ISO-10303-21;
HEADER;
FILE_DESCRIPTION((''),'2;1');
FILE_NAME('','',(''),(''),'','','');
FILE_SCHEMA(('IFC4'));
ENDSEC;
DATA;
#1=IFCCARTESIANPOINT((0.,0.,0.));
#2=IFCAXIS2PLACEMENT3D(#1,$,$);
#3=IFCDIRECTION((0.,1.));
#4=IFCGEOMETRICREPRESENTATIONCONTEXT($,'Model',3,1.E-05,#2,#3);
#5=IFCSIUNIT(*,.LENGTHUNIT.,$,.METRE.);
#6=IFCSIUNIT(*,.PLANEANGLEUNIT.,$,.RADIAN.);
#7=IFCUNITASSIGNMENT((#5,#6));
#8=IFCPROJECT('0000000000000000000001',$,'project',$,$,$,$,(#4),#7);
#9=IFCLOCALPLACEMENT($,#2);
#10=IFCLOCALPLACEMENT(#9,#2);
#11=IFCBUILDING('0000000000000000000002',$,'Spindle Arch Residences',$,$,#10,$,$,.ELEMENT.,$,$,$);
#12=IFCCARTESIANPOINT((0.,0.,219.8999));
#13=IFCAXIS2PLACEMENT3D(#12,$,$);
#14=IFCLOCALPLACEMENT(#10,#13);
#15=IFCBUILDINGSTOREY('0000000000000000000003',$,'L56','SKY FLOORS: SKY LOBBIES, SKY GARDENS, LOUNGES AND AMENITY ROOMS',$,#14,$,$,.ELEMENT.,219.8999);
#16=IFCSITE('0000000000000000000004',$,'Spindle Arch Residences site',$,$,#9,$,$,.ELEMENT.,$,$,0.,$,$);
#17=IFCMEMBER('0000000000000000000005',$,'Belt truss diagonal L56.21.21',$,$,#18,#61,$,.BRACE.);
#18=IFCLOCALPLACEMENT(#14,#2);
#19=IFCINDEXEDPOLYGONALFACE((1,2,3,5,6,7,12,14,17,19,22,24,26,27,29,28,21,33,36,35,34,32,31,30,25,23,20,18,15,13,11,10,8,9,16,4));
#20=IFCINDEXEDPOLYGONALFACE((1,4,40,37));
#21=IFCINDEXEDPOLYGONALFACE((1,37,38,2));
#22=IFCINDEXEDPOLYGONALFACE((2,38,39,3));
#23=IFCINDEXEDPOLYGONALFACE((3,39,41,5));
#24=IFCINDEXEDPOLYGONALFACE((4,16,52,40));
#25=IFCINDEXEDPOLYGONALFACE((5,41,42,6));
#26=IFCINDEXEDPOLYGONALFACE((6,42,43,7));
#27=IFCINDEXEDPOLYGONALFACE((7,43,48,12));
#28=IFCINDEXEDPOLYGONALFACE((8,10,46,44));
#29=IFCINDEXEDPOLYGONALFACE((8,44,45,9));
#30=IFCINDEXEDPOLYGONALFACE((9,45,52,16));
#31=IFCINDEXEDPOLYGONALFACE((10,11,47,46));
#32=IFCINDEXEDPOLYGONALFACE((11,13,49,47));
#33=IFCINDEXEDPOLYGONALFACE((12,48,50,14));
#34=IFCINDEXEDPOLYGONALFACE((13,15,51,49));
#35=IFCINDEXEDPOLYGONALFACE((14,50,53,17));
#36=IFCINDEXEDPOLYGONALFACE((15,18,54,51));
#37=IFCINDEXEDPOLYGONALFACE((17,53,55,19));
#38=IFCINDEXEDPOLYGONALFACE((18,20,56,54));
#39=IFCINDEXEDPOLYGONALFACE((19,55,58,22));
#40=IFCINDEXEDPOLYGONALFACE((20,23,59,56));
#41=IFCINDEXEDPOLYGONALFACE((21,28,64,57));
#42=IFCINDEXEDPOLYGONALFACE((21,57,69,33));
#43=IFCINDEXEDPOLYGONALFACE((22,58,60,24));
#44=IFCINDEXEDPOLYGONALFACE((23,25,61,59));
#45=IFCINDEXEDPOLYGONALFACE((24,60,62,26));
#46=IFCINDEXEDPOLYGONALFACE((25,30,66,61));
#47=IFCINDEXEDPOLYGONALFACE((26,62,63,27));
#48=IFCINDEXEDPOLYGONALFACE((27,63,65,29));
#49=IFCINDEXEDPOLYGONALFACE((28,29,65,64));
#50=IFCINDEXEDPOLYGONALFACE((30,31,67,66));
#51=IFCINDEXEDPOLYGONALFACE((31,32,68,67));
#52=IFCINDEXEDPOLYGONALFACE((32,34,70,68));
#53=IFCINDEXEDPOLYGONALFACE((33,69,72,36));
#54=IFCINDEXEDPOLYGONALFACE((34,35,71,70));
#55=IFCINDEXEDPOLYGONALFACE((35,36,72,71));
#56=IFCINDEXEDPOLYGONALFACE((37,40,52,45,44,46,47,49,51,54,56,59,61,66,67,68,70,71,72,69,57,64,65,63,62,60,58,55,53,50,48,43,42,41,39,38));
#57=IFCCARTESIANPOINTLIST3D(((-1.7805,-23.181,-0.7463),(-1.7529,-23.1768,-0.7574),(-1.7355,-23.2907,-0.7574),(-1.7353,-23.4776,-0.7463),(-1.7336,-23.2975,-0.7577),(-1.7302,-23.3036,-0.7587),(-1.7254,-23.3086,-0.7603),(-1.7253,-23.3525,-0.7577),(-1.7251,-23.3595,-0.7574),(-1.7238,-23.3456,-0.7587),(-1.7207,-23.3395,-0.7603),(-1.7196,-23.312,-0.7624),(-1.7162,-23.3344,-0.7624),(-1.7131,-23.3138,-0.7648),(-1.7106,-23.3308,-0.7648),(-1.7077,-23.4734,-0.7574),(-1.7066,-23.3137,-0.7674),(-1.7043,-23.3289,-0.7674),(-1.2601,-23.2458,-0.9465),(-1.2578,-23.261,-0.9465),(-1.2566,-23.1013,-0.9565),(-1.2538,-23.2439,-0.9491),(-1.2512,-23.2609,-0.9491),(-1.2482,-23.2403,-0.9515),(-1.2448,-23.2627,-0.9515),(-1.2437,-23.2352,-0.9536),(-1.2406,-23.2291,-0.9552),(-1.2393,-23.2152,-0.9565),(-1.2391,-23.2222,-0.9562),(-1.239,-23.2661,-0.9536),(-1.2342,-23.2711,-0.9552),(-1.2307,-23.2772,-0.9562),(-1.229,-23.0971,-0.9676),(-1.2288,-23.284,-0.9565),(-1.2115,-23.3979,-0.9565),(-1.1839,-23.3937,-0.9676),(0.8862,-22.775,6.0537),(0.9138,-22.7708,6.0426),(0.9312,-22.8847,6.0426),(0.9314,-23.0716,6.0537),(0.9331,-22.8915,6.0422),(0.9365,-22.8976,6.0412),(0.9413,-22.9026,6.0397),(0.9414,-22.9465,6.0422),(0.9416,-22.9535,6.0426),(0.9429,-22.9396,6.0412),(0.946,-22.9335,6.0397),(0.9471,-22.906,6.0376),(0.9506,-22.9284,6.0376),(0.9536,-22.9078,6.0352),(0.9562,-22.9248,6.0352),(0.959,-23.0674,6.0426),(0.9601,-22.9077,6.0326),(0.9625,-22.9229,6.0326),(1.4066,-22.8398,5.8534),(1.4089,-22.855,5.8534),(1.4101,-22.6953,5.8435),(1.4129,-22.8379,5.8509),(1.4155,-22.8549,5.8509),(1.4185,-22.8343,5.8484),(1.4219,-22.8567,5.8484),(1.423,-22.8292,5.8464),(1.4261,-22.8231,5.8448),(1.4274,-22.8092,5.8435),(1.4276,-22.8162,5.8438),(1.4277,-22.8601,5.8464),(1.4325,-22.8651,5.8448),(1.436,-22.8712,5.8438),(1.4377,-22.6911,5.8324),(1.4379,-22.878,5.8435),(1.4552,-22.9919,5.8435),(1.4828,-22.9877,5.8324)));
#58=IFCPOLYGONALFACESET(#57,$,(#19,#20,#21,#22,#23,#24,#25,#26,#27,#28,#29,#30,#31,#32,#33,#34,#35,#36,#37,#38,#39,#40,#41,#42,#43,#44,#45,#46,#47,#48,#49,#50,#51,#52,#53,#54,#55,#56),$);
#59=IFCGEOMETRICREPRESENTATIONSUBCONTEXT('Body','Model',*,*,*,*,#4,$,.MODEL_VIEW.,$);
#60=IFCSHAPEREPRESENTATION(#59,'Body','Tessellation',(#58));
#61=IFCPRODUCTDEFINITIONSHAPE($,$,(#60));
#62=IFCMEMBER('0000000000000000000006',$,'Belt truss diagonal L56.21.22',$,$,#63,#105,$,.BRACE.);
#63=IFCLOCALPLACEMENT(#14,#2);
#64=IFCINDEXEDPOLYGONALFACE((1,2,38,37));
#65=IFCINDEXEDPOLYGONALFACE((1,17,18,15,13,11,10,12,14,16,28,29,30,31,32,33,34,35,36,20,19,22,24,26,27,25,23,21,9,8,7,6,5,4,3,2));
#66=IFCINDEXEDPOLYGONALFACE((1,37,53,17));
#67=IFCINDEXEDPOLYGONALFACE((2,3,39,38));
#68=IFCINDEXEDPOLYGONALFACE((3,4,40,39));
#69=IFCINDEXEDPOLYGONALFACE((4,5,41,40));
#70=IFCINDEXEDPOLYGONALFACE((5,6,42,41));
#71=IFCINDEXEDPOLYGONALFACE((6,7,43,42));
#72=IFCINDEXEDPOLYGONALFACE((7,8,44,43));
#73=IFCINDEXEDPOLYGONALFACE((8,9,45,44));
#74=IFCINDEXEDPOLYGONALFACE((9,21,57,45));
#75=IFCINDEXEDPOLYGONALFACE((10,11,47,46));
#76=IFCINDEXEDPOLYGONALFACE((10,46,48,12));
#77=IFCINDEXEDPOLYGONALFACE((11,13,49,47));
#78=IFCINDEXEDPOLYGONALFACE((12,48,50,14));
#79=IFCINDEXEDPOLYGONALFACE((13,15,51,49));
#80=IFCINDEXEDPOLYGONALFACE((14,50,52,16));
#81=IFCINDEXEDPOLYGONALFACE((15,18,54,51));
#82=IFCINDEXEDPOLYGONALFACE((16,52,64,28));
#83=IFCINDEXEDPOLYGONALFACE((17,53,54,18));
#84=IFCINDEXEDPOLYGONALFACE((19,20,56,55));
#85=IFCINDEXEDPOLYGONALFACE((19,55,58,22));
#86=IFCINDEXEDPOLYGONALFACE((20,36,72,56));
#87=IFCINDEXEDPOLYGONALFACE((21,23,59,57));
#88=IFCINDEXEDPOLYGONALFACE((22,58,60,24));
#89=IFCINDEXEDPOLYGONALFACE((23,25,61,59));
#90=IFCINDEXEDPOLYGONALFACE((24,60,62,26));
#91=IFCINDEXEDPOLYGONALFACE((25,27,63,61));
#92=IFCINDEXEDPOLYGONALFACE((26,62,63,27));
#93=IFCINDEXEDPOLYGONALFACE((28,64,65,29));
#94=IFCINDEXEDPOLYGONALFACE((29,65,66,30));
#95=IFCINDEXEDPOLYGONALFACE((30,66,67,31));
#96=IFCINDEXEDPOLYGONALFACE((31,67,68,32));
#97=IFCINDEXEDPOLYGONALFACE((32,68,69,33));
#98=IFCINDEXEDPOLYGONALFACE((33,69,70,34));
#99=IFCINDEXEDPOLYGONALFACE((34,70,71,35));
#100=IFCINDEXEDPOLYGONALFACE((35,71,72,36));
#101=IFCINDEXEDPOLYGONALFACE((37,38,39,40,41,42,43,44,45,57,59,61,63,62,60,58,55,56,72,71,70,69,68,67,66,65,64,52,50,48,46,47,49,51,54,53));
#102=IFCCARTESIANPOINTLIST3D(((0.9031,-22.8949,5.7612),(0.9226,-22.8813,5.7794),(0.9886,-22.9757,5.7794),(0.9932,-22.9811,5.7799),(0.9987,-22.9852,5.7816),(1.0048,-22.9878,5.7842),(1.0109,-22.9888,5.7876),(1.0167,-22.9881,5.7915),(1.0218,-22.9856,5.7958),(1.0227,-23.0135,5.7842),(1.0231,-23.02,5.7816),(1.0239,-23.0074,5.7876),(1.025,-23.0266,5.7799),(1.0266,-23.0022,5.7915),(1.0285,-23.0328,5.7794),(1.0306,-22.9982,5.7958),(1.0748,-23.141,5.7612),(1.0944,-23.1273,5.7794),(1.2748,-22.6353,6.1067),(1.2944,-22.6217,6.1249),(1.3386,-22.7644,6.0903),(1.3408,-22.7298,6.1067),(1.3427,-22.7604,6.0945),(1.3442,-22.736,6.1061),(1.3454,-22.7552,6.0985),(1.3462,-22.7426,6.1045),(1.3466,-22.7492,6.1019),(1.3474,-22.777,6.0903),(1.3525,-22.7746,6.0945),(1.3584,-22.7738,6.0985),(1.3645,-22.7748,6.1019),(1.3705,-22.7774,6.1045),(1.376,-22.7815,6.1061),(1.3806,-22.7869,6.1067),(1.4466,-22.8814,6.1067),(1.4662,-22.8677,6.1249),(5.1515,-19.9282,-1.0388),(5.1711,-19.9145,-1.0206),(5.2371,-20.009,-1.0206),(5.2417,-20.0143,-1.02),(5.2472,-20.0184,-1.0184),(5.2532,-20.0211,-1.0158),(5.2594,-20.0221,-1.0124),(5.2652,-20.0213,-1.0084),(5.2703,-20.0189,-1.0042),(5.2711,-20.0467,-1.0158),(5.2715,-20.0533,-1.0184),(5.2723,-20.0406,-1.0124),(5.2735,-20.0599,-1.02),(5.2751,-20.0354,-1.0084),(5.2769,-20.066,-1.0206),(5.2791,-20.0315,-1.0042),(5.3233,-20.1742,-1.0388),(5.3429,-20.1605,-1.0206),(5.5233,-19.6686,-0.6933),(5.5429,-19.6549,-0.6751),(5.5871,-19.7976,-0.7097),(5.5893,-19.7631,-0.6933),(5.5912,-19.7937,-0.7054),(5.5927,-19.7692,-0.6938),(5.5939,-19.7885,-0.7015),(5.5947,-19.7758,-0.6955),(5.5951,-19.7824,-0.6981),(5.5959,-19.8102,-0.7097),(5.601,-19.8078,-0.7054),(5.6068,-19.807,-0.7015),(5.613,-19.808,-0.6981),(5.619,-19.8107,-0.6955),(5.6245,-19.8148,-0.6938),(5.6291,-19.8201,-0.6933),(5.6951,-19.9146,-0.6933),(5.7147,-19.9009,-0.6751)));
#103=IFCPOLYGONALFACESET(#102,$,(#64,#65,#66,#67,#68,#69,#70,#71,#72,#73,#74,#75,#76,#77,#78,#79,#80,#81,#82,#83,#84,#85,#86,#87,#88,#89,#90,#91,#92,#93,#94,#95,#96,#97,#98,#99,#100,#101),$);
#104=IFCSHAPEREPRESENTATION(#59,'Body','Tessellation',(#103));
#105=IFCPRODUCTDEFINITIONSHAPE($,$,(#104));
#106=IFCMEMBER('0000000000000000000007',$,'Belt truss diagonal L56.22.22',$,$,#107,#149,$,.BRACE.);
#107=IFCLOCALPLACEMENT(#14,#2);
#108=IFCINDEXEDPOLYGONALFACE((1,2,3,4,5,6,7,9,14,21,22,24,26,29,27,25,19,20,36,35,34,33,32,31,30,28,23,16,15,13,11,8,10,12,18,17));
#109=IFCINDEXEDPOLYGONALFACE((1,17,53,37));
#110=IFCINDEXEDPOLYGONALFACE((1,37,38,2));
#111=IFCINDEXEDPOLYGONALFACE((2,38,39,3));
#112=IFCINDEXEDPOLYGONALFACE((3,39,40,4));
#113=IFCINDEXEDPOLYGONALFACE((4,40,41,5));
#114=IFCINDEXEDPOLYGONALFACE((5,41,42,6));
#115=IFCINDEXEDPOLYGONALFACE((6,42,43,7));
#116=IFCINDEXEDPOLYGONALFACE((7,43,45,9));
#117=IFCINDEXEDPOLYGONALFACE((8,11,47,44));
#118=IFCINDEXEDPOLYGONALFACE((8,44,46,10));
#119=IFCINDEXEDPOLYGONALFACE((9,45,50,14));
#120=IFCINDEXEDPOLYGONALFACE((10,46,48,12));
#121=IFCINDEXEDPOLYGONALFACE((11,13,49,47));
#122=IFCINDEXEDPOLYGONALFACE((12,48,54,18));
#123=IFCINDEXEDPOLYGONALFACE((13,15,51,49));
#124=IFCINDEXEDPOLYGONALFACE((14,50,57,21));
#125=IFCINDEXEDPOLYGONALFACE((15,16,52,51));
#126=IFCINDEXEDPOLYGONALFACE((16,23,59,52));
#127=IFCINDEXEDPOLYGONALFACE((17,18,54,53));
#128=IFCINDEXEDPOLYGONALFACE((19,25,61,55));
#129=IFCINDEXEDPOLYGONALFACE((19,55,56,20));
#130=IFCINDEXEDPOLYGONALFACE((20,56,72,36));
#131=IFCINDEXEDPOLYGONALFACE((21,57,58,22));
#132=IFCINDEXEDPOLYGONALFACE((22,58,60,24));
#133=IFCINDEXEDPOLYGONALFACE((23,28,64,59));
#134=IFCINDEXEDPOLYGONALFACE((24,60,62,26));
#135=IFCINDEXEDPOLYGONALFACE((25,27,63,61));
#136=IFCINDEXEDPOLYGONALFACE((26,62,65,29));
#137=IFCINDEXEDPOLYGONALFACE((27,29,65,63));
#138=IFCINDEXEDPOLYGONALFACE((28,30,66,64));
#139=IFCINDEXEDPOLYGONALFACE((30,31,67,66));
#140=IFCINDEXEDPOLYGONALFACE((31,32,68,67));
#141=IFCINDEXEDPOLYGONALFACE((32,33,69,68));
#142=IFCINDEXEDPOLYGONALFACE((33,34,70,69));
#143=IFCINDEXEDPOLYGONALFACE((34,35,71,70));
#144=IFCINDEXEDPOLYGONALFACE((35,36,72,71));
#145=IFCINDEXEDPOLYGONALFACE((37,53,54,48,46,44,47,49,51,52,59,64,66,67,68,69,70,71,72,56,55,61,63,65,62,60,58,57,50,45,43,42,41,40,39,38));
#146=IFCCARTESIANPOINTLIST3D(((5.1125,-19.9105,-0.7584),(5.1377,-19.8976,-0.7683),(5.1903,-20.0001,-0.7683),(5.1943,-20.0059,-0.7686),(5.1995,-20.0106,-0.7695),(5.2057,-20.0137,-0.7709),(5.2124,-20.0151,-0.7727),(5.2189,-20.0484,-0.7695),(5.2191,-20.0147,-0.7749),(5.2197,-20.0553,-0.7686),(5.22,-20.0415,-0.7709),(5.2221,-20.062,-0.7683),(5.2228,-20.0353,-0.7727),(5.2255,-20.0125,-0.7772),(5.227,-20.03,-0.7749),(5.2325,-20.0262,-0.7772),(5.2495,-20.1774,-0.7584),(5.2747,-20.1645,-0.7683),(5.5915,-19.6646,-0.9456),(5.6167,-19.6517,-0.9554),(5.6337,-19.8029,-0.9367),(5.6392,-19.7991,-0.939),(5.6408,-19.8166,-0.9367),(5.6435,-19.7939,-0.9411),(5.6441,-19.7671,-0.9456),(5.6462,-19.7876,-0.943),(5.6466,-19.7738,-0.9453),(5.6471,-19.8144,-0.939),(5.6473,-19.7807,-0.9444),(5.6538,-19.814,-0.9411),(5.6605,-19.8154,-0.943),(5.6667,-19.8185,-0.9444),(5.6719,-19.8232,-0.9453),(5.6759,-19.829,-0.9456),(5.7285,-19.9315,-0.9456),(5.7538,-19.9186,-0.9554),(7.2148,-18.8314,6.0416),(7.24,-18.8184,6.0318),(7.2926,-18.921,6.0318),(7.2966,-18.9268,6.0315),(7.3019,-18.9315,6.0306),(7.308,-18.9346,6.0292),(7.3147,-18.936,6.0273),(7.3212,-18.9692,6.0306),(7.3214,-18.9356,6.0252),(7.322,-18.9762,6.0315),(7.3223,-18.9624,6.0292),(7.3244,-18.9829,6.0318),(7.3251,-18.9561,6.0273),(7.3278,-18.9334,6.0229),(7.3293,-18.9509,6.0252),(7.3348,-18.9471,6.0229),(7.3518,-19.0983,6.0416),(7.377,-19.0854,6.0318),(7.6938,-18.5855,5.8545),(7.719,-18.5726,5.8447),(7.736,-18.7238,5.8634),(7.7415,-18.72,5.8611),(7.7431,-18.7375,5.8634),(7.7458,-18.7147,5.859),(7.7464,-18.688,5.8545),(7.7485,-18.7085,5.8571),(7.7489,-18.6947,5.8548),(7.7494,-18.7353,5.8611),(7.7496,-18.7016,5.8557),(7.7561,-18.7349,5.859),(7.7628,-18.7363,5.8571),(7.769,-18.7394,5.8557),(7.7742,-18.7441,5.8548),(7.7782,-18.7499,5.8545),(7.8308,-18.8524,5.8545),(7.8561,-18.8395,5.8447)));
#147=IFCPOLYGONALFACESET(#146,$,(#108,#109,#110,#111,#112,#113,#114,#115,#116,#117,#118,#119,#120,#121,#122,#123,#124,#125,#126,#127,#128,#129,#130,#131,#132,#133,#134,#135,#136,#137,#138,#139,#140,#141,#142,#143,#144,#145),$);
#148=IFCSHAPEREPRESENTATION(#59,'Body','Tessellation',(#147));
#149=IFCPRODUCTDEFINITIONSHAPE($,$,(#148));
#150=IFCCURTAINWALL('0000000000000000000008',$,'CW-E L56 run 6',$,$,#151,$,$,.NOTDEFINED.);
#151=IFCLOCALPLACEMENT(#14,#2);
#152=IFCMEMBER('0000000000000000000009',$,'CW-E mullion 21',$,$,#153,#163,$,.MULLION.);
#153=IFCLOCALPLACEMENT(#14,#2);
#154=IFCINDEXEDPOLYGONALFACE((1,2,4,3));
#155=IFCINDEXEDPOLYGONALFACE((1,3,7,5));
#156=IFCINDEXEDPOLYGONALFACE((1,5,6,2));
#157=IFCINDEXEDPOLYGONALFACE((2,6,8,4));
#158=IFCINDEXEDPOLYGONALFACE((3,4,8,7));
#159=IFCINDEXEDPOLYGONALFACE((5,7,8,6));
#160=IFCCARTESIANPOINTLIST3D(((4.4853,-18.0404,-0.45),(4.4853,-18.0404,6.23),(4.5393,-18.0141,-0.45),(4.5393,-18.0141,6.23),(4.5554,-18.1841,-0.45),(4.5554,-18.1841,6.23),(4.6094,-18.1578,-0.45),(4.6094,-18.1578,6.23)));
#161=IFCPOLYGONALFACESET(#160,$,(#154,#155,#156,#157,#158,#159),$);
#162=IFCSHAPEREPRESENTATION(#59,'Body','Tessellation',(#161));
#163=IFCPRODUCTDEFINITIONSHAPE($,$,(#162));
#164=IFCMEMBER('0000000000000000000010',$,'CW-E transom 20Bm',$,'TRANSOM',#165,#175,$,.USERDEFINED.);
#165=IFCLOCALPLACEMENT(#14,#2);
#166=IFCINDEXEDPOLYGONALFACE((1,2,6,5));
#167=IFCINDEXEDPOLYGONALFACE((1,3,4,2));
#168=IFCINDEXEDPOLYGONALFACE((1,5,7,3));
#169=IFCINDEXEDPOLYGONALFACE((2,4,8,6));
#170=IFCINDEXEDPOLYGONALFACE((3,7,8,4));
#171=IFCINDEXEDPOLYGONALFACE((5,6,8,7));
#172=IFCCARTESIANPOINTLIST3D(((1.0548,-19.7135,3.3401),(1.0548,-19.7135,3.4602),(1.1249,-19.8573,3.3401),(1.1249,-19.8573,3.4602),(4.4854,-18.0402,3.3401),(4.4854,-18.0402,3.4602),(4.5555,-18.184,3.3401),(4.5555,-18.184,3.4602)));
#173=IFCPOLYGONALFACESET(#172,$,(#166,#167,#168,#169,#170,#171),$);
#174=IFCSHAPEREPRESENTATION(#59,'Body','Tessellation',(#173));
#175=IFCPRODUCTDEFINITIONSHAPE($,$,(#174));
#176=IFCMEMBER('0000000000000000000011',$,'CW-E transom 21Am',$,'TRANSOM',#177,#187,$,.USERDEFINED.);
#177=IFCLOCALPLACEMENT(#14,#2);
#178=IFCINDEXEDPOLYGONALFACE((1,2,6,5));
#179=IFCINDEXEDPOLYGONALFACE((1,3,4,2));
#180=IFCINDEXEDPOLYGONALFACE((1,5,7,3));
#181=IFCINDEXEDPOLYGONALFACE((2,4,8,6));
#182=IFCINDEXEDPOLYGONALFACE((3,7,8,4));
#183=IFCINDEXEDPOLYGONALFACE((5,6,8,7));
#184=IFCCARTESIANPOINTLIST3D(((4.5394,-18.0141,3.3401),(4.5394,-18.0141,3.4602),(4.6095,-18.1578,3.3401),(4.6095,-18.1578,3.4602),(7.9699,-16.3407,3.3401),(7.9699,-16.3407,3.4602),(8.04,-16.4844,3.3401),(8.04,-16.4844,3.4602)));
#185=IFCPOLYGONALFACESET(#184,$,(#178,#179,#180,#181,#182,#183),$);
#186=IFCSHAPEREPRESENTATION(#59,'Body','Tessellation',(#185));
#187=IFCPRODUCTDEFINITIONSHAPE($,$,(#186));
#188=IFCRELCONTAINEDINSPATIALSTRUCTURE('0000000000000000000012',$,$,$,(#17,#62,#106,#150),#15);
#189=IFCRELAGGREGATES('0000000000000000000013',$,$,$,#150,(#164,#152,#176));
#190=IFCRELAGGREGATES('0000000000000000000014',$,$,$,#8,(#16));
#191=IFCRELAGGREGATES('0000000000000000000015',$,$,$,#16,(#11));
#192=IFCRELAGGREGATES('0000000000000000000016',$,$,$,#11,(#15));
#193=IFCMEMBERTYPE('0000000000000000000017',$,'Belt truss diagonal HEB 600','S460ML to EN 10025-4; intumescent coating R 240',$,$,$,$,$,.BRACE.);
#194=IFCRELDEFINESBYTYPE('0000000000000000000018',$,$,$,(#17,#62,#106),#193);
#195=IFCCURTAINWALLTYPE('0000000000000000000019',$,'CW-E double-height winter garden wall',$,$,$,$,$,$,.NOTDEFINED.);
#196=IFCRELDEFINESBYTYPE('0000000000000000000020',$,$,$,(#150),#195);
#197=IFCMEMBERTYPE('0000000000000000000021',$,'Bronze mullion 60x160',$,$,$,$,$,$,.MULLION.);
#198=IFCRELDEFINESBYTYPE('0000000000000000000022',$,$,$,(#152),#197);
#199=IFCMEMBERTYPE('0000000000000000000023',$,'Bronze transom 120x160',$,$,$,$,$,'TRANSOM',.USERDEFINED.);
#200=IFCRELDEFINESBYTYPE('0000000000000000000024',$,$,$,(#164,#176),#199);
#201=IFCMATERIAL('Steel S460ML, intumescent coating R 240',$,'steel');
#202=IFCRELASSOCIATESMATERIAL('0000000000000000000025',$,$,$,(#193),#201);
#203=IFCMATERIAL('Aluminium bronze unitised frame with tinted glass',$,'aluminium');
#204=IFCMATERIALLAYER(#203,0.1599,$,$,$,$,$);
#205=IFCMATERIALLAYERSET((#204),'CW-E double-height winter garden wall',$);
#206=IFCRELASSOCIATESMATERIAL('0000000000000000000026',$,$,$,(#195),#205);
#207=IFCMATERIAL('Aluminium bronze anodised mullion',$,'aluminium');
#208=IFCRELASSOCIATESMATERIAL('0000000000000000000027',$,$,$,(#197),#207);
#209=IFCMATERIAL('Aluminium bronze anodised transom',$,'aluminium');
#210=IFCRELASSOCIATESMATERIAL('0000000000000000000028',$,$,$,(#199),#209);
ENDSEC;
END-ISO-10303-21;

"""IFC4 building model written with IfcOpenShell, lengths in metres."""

from ifc_helpers import new_model, si_unit, direction, frame, origin, origin_2d, place, context, subcontext, project, spatial, rectangle, i_section, extrude, material, layer, layer_set, material_profile, profile_set, type_object, element, aggregate, save


model = new_model("IFC4")

# Units and contexts
model_context = context("Model", 3, precision=1e-05, world=origin(), true_north=direction((0.0, 1.0)))
body_context = subcontext(model_context, "Body", "Model", "MODEL_VIEW")
ifc_project = project(units=[si_unit("LENGTHUNIT", "METRE"), si_unit("PLANEANGLEUNIT", "RADIAN")], contexts=[model_context])

# Site, building, storey
site_placement = place(None, origin())
site = spatial("IfcSite", under=ifc_project, at=site_placement, Name="Spindle Arch Residences site", CompositionType="ELEMENT", RefElevation=0.0)
building_placement = place(site_placement, origin())
building = spatial("IfcBuilding", under=site, at=building_placement, Name="Spindle Arch Residences", CompositionType="ELEMENT")
storey_placement = place(building_placement, frame((0.0, 0.0, 219.8999)))
storey = spatial("IfcBuildingStorey", under=building, at=storey_placement, Name="L56", Description="SKY FLOORS: SKY LOBBIES, SKY GARDENS, LOUNGES AND AMENITY ROOMS", CompositionType="ELEMENT", Elevation=219.8999)

# Members
ifc_material_1 = material(Name="Steel S460ML, intumescent coating R 240", Category="steel")
ifc_material_profile_1 = material_profile(ifc_material_1, i_section(OverallWidth=0.3, OverallDepth=0.6001, WebThickness=0.0154, FlangeThickness=0.03, FilletRadius=0.0271, at=origin_2d()), Name="HEB 600")
ifc_profile_set_1 = profile_set([ifc_material_profile_1], Name="Steel S460ML, intumescent coating R 240")
member_type_1 = type_object("IfcMemberType", Name="Belt truss diagonal HEB 600", Description="S460ML to EN 10025-4; intumescent coating R 240", PredefinedType="BRACE", material=ifc_profile_set_1)
member_1_placement = place(storey_placement, frame((-1.4822, -23.2874, -0.8569), z_axis=(0.364532, 0.055499, 0.929535), x_axis=(-0.150513, 0.988608, 0.0)))
element("IfcMember", 1, at=member_1_placement, inside=storey, type_object=member_type_1, Name="Belt truss diagonal L56.21.21", PredefinedType="BRACE", context=body_context, shape_type="SweptSolid", body=[
    extrude(i_section(OverallWidth=0.3, OverallDepth=0.6001, WebThickness=0.0154, FlangeThickness=0.03, FilletRadius=0.0271, at=origin_2d()), origin(), (0.0, 0.0, 1.0), 7.3154),
])
member_2_placement = place(storey_placement, frame((5.4331, -19.9146, -0.8569), z_axis=(-0.496938, -0.347017, 0.795381), x_axis=(0.572532, -0.819882, 0.0)))
element("IfcMember", 2, at=member_2_placement, inside=storey, type_object=member_type_1, Name="Belt truss diagonal L56.21.22", PredefinedType="BRACE", context=body_context, shape_type="SweptSolid", body=[
    extrude(i_section(OverallWidth=0.3, OverallDepth=0.6001, WebThickness=0.0154, FlangeThickness=0.03, FilletRadius=0.0271, at=origin_2d()), origin(), (0.0, 0.0, 1.0), 8.5493),
])
member_3_placement = place(storey_placement, frame((5.4331, -19.9146, -0.8569), z_axis=(0.292028, 0.149897, 0.94459), x_axis=(-0.456652, 0.889645, 0.0)))
element("IfcMember", 3, at=member_3_placement, inside=storey, type_object=member_type_1, Name="Belt truss diagonal L56.22.22", PredefinedType="BRACE", context=body_context, shape_type="SweptSolid", body=[
    extrude(i_section(OverallWidth=0.3, OverallDepth=0.6001, WebThickness=0.0154, FlangeThickness=0.03, FilletRadius=0.0271, at=origin_2d()), origin(), (0.0, 0.0, 1.0), 7.199),
])

# Curtain wall, members
ifc_material_2 = material(Name="Aluminium bronze unitised frame with tinted glass", Category="aluminium")
ifc_layer_1 = layer(ifc_material_2, 0.1599)
ifc_layer_set_1 = layer_set([ifc_layer_1], Name="CW-E double-height winter garden wall")
curtain_wall_type = type_object("IfcCurtainWallType", Name="CW-E double-height winter garden wall", PredefinedType="NOTDEFINED", material=ifc_layer_set_1)
curtain_wall_placement = place(storey_placement, origin())
curtain_wall = element("IfcCurtainWall", 4, at=curtain_wall_placement, inside=storey, type_object=curtain_wall_type, Name="CW-E L56 run 6", PredefinedType="NOTDEFINED")
ifc_material_3 = material(Name="Aluminium bronze anodised mullion", Category="aluminium")
ifc_material_profile_2 = material_profile(ifc_material_3, rectangle(XDim=0.1599, YDim=0.0601, at=origin_2d()), Name="MU 60x160")
ifc_profile_set_2 = profile_set([ifc_material_profile_2], Name="Aluminium bronze anodised mullion")
member_type_2 = type_object("IfcMemberType", Name="Bronze mullion 60x160", PredefinedType="MULLION", material=ifc_profile_set_2)
member_4_placement = place(storey_placement, frame((4.5474, -18.0991, -0.45), z_axis=(0.0, 0.0, 1.0), x_axis=(-0.438371, 0.898794, 0.0)))
member_4 = element("IfcMember", 5, at=member_4_placement, type_object=member_type_2, Name="CW-E mullion 21", PredefinedType="MULLION", context=body_context, shape_type="SweptSolid", body=[
    extrude(rectangle(XDim=0.1599, YDim=0.0601, at=origin_2d()), origin(), (0.0, 0.0, 1.0), 6.6799),
])
ifc_material_4 = material(Name="Aluminium bronze anodised transom", Category="aluminium")
ifc_material_profile_3 = material_profile(ifc_material_4, rectangle(XDim=0.1599, YDim=0.1201, at=origin_2d()), Name="TR 120x160")
ifc_profile_set_3 = profile_set([ifc_material_profile_3], Name="Aluminium bronze anodised transom")
member_type_3 = type_object("IfcMemberType", Name="Bronze transom 120x160", ElementType="TRANSOM", PredefinedType="USERDEFINED", material=ifc_profile_set_3)
member_5_placement = place(storey_placement, frame((1.0898, -19.7854, 3.4001), z_axis=(0.898784, 0.438391, 0.0), x_axis=(-0.438391, 0.898784, 0.0)))
member_5 = element("IfcMember", 6, at=member_5_placement, type_object=member_type_3, Name="CW-E transom 20Bm", ObjectType="TRANSOM", PredefinedType="USERDEFINED", context=body_context, shape_type="SweptSolid", body=[
    extrude(rectangle(XDim=0.1599, YDim=0.1201, at=origin_2d()), origin(), (0.0, 0.0, 1.0), 3.8169),
])
member_6_placement = place(storey_placement, frame((4.5745, -18.0859, 3.4001), z_axis=(0.898772, 0.438416, 0.0), x_axis=(-0.438416, 0.898772, 0.0)))
member_6 = element("IfcMember", 7, at=member_6_placement, type_object=member_type_3, Name="CW-E transom 21Am", ObjectType="TRANSOM", PredefinedType="USERDEFINED", context=body_context, shape_type="SweptSolid", body=[
    extrude(rectangle(XDim=0.1599, YDim=0.1201, at=origin_2d()), origin(), (0.0, 0.0, 1.0), 3.8169),
])
aggregate(curtain_wall, [member_5, member_4, member_6])

save(model, "model.ifc")
